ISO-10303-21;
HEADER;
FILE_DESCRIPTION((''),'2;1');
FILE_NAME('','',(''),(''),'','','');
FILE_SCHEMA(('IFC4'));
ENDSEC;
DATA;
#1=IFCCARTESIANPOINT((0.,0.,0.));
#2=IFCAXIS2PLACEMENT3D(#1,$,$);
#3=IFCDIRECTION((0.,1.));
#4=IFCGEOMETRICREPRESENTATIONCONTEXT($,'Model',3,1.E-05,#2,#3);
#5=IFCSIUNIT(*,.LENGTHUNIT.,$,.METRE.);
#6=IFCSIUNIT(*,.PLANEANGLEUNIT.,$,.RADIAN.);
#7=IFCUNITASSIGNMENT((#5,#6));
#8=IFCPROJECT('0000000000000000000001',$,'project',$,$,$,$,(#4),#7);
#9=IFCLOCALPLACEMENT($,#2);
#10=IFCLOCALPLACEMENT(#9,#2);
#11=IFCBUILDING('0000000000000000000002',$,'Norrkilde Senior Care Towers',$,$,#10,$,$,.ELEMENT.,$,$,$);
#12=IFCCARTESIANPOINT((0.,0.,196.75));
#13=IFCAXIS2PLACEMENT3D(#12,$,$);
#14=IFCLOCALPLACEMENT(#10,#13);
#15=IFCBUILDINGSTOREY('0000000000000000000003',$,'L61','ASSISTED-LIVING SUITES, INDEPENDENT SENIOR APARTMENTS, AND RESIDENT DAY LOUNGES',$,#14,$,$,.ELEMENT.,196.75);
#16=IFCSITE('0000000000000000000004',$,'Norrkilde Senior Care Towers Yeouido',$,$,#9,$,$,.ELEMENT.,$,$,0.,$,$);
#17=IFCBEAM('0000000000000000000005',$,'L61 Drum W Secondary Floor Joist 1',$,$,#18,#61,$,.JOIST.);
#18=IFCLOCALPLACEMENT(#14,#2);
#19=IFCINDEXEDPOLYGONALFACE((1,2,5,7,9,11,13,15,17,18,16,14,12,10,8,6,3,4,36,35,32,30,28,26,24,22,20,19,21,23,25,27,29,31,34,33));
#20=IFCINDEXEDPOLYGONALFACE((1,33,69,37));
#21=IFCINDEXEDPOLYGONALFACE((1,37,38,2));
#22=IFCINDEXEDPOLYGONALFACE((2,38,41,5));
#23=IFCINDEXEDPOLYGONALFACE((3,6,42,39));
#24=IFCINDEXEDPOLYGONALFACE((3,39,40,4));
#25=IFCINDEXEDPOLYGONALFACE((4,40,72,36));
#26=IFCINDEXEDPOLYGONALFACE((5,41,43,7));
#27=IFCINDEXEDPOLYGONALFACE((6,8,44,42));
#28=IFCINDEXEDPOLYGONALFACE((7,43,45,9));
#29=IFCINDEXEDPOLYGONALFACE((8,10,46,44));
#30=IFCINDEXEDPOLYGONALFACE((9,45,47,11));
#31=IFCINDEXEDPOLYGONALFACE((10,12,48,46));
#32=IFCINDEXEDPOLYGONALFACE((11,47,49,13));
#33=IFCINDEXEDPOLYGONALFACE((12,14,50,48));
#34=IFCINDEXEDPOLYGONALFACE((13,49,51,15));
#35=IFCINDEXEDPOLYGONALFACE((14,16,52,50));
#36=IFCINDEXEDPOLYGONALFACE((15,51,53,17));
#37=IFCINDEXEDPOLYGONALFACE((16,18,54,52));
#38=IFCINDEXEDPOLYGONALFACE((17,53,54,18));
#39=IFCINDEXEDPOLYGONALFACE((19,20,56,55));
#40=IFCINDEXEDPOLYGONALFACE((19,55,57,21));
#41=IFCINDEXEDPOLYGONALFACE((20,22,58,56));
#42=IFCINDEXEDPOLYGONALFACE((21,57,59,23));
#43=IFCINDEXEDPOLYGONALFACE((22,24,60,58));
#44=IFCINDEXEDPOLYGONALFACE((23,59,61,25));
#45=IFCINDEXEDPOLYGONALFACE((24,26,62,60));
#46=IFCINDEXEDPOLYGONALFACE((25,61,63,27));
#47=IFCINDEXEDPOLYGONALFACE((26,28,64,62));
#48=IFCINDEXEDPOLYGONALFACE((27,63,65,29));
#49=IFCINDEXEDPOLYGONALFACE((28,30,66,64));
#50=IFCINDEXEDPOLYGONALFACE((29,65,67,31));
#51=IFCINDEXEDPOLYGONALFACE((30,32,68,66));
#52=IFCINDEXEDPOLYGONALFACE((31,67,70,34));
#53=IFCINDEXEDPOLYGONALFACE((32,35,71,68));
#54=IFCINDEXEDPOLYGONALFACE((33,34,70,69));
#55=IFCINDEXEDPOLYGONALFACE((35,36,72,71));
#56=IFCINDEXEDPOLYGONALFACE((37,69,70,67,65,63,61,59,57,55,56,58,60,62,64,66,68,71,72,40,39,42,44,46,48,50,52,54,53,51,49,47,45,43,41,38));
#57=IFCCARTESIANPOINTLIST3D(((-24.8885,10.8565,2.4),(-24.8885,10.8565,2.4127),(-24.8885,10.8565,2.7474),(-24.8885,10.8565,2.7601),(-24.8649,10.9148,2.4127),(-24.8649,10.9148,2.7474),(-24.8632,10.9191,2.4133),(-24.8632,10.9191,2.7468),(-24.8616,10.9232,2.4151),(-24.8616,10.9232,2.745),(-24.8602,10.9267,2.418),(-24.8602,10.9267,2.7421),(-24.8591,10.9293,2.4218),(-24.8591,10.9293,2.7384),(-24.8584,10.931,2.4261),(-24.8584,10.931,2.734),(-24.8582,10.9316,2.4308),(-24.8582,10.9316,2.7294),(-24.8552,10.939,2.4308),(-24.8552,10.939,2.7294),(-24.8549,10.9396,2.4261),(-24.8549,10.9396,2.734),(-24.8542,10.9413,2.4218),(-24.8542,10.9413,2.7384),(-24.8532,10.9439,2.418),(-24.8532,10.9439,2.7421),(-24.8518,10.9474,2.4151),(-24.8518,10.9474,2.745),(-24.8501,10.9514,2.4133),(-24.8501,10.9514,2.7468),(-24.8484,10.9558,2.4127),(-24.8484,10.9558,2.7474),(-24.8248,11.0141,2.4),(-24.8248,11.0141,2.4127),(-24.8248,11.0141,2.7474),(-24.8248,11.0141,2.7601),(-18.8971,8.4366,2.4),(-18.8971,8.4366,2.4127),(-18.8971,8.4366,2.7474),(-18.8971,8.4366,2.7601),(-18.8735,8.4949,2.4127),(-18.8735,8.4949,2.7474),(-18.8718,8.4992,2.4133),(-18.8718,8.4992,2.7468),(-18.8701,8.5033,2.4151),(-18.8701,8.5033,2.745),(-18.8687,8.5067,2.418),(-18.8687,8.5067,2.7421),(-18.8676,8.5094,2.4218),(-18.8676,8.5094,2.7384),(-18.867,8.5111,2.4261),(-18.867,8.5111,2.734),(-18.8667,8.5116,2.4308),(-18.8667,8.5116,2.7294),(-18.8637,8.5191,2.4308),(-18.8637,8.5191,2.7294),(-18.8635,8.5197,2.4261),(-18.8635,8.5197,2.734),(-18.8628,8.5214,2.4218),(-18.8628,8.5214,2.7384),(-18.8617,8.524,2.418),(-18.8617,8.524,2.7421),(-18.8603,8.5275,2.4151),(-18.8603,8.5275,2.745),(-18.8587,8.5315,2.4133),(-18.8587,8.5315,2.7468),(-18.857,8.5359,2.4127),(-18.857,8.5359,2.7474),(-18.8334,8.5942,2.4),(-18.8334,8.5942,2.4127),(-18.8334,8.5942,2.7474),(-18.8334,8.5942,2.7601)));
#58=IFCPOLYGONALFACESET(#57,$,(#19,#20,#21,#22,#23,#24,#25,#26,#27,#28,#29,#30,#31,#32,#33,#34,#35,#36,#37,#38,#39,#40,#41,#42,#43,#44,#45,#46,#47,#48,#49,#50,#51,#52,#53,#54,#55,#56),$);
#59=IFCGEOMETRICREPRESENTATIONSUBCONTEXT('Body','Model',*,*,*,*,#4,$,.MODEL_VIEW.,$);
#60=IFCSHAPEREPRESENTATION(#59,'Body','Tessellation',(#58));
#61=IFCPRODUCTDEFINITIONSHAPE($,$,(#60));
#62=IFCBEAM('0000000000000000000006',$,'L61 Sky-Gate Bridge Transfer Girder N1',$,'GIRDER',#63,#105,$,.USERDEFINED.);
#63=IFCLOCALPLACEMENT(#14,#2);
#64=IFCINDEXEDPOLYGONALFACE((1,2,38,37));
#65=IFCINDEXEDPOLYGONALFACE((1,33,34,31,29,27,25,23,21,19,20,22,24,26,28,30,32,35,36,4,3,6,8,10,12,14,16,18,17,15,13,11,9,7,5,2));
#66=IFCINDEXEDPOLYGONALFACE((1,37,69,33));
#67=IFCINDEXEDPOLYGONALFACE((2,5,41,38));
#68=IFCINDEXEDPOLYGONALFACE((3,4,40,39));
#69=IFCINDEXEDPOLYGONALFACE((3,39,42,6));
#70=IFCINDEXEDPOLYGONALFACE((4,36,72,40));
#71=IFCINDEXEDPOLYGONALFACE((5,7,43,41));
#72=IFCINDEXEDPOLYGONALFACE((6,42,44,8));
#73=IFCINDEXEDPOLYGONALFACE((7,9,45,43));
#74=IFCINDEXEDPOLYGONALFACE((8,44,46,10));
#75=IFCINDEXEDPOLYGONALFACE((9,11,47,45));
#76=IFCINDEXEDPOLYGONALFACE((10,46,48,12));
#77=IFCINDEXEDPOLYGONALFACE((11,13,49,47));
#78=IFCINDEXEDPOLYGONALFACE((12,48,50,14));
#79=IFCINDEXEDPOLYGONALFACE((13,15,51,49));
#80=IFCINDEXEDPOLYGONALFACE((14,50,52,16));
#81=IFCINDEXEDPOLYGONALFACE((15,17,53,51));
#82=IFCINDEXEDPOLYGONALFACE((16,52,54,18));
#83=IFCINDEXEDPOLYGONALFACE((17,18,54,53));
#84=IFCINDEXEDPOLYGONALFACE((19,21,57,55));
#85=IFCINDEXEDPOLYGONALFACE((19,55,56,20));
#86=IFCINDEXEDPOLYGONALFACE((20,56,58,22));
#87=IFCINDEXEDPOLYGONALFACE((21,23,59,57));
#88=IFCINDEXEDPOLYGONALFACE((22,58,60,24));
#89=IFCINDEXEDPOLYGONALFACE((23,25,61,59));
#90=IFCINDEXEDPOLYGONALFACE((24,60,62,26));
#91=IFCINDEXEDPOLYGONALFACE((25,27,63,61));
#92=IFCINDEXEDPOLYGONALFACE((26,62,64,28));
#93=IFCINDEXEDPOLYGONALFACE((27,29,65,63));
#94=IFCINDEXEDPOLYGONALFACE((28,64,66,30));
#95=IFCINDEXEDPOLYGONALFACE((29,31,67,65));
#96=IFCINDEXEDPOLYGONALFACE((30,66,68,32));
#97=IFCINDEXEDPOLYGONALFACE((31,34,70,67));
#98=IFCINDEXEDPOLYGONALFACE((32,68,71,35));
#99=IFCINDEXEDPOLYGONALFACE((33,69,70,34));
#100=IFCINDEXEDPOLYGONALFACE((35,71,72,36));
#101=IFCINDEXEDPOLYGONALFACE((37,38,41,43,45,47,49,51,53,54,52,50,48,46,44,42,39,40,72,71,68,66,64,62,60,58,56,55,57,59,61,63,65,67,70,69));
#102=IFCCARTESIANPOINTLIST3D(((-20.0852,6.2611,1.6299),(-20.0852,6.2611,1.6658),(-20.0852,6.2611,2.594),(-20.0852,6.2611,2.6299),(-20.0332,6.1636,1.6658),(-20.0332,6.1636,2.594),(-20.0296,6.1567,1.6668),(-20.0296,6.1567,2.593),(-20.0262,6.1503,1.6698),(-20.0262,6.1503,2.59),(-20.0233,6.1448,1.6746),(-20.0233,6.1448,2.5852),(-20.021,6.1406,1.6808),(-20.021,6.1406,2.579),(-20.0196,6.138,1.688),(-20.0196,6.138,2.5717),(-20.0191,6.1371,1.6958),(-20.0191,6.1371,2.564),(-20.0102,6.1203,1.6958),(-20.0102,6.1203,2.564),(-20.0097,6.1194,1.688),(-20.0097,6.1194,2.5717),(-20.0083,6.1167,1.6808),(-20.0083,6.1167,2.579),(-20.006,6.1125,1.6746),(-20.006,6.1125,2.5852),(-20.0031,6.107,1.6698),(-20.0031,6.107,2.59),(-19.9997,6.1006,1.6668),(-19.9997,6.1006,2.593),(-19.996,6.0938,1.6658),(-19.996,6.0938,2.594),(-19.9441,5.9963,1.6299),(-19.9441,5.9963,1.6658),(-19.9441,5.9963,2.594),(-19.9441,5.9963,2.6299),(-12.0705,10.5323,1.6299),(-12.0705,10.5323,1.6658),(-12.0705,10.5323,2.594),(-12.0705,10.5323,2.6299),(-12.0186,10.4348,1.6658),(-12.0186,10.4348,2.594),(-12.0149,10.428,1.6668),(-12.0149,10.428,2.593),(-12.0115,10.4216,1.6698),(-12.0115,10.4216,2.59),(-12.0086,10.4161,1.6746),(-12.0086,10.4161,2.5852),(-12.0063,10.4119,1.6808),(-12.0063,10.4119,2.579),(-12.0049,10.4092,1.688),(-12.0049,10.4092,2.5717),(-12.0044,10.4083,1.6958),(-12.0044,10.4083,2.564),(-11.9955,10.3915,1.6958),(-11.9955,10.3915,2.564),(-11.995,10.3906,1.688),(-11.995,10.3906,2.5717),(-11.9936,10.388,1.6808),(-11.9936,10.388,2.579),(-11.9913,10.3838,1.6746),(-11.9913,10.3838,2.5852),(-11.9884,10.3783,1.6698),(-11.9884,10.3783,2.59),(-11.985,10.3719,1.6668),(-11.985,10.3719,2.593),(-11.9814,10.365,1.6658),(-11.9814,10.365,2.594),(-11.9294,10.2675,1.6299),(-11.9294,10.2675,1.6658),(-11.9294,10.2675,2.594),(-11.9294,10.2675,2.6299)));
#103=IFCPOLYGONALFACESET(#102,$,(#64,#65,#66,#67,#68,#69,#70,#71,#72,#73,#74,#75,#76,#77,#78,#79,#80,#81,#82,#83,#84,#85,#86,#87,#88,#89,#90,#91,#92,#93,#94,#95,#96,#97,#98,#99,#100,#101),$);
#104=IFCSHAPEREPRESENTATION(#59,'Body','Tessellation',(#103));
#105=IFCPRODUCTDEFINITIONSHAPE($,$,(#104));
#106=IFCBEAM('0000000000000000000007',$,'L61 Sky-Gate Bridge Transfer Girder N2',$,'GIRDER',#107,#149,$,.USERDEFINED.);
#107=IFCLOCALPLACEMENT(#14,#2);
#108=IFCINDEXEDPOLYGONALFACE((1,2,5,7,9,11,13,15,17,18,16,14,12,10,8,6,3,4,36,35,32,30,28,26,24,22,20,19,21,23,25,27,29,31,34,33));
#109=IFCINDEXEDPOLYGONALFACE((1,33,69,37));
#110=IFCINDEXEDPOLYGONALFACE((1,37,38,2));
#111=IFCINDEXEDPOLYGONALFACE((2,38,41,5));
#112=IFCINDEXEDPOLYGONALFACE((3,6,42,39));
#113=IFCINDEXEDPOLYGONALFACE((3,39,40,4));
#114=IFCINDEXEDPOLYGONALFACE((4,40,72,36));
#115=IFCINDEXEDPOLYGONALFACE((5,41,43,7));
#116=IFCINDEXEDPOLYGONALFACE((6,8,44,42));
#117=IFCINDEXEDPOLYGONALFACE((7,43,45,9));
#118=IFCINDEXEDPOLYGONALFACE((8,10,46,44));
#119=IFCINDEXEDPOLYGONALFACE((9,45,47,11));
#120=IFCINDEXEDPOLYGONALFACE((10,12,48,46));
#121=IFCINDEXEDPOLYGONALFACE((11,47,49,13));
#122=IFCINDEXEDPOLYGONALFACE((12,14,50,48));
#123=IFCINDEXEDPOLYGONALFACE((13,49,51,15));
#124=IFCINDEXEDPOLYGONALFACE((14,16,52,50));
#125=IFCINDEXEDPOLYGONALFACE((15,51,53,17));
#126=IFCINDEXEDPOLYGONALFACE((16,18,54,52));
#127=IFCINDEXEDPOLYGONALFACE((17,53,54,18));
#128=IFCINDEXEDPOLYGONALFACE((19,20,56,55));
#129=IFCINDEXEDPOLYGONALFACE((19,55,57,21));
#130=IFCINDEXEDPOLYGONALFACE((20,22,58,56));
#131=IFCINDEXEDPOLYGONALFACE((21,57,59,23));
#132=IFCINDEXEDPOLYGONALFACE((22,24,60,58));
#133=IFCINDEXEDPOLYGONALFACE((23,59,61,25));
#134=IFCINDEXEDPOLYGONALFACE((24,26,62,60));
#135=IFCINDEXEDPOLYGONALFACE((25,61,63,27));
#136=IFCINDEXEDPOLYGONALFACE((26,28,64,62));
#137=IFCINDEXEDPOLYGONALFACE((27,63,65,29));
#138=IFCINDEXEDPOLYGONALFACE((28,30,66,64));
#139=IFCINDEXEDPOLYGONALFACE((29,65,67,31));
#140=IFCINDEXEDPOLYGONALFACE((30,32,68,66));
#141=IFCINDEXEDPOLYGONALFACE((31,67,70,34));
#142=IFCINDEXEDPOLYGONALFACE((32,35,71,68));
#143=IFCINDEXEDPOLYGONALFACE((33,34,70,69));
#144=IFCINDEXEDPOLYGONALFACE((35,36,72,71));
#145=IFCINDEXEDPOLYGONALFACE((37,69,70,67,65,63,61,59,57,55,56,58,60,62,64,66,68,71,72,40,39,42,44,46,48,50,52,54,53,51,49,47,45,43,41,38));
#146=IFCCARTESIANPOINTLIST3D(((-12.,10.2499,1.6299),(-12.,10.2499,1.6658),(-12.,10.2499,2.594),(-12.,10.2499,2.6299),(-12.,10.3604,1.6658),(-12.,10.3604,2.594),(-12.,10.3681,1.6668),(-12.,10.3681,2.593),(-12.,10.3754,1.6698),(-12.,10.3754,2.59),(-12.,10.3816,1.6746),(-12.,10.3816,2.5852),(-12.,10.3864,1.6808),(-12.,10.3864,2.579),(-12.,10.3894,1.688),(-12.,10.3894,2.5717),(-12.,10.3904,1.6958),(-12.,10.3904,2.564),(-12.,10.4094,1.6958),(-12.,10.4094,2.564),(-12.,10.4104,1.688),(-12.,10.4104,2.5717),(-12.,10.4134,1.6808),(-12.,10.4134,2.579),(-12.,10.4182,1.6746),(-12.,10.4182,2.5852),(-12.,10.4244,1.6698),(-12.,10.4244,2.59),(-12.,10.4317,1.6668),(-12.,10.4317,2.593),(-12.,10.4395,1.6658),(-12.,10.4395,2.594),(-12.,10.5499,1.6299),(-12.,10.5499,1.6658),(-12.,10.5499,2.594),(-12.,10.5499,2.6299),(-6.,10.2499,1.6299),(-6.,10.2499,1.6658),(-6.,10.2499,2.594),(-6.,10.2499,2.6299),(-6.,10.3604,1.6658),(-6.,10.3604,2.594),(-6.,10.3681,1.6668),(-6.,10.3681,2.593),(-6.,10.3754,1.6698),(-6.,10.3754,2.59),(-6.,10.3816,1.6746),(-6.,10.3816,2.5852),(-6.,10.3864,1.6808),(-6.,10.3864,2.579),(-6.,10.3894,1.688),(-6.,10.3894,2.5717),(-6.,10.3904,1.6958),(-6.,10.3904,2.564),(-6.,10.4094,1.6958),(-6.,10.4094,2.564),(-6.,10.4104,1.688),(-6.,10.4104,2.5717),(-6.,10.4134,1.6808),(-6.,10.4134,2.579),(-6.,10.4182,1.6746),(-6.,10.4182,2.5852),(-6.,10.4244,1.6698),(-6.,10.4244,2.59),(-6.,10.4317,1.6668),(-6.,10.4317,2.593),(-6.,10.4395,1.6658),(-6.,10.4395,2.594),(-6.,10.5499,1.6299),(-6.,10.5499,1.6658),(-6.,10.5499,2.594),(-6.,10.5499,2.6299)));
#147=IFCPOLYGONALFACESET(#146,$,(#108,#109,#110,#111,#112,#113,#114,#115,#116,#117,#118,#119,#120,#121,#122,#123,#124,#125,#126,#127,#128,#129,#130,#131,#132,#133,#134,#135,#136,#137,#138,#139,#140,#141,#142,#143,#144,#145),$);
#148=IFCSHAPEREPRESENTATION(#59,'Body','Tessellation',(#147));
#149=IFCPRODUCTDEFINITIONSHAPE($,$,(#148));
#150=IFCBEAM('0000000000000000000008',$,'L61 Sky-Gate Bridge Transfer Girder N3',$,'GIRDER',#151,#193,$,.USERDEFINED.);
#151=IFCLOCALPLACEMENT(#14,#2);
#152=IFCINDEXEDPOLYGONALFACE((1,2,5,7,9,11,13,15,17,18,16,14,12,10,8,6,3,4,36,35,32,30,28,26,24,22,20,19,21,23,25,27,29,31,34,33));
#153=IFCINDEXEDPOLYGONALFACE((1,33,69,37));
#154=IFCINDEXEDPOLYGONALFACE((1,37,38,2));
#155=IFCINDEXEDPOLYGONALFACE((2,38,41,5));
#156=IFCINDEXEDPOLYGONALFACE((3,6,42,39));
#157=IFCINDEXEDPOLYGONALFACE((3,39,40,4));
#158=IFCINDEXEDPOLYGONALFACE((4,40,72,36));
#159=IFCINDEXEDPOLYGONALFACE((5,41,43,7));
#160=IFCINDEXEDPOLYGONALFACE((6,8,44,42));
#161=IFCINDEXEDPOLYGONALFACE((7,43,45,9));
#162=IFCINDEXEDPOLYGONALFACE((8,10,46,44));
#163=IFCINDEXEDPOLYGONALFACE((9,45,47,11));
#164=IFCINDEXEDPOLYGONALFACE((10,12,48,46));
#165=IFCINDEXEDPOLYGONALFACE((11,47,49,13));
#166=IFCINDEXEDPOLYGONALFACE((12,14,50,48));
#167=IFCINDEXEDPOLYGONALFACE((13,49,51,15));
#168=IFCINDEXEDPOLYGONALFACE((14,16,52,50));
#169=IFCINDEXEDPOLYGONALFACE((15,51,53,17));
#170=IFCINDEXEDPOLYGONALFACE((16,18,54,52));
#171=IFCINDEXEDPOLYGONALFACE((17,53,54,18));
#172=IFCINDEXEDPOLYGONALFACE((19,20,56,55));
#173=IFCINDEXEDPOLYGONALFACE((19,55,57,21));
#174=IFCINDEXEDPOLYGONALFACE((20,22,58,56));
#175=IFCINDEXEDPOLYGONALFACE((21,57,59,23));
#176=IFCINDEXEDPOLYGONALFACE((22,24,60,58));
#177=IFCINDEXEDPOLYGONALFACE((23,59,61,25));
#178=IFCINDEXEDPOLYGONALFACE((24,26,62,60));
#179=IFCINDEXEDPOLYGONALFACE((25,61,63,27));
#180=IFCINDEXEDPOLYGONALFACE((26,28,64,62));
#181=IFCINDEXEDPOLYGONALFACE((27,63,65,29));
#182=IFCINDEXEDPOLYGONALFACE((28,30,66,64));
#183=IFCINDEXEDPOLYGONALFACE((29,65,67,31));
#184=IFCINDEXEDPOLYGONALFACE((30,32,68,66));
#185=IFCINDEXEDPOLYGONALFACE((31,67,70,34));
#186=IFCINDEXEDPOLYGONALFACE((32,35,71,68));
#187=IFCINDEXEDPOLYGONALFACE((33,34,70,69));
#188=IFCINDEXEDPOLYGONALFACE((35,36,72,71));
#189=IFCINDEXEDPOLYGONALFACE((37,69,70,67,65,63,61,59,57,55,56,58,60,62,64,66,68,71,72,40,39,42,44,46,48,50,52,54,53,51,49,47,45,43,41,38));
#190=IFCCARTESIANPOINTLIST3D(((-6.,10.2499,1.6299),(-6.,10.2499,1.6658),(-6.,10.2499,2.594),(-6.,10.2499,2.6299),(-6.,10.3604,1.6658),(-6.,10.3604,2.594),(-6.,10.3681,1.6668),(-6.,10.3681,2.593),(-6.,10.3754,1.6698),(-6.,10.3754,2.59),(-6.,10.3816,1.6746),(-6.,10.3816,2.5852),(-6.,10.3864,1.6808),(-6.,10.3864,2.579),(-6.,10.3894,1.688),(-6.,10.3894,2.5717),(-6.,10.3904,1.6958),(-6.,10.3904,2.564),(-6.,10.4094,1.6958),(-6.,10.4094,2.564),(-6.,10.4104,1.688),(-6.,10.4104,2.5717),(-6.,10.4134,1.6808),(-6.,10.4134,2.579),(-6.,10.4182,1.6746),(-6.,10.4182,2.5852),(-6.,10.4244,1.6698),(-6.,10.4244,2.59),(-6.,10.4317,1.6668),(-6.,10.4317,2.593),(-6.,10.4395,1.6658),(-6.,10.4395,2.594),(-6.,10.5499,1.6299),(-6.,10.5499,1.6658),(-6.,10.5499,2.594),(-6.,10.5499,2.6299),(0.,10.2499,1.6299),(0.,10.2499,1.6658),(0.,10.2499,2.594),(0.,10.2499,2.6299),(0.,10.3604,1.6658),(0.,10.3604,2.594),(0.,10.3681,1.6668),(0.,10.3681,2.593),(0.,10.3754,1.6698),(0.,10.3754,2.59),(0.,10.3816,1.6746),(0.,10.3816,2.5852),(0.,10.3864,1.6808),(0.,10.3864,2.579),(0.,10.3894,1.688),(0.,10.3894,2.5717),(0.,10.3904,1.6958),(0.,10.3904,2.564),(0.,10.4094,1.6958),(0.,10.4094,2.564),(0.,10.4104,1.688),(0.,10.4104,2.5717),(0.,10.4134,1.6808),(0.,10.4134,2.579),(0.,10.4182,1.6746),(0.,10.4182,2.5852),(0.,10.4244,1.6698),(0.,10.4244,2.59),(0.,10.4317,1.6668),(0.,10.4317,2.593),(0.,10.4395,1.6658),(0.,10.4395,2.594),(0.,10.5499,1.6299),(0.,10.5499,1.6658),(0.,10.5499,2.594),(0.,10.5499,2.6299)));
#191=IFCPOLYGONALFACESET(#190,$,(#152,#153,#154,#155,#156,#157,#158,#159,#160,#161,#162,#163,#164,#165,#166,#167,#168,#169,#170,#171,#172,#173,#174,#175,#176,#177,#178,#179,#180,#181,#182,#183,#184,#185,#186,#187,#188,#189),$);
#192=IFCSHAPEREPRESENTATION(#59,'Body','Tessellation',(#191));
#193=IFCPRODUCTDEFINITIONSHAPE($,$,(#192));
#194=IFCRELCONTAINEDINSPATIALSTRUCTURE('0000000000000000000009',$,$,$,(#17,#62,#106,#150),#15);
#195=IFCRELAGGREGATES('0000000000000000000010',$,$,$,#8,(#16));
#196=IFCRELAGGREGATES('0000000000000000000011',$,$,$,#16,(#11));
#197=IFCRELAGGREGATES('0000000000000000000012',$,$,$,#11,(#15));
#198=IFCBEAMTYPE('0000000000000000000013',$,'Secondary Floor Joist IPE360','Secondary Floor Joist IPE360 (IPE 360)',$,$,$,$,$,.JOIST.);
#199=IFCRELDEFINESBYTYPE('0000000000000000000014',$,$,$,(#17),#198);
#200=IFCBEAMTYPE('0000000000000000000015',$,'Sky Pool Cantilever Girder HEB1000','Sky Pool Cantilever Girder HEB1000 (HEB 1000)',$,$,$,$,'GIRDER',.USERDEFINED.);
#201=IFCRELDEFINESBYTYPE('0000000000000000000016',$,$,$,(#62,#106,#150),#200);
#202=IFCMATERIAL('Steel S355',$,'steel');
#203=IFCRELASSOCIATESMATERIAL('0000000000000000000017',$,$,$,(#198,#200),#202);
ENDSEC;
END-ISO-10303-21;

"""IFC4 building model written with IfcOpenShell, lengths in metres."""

from ifc_helpers import new_model, si_unit, direction, frame, origin, origin_2d, place, context, subcontext, project, spatial, i_section, extrude, source, transform, mapped, material, material_profile, profile_set, type_object, type_shapes, element, save


model = new_model("IFC4")

# Units and contexts
model_context = context("Model", 3, precision=1e-05, world=origin(), true_north=direction((0.0, 1.0)))
body_context = subcontext(model_context, "Body", "Model", "MODEL_VIEW")
ifc_project = project(units=[si_unit("LENGTHUNIT", "METRE"), si_unit("PLANEANGLEUNIT", "RADIAN")], contexts=[model_context])

# Site, building, storey
site_placement = place(None, origin())
site = spatial("IfcSite", under=ifc_project, at=site_placement, Name="Norrkilde Senior Care Towers Yeouido", CompositionType="ELEMENT", RefElevation=0.0)
building_placement = place(site_placement, origin())
building = spatial("IfcBuilding", under=site, at=building_placement, Name="Norrkilde Senior Care Towers", CompositionType="ELEMENT")
storey_placement = place(building_placement, frame((0.0, 0.0, 196.75)))
storey = spatial("IfcBuildingStorey", under=building, at=storey_placement, Name="L61", Description="ASSISTED-LIVING SUITES, INDEPENDENT SENIOR APARTMENTS, AND RESIDENT DAY LOUNGES", CompositionType="ELEMENT", Elevation=196.75)

# Beams
ifc_material_1 = material(Name="Steel S355", Category="steel")
ifc_material_profile_1 = material_profile(ifc_material_1, i_section(OverallWidth=0.1699, OverallDepth=0.3601, WebThickness=0.0081, FlangeThickness=0.0127, FilletRadius=0.0181, at=origin_2d()), Name="IPE 360")
ifc_profile_set_1 = profile_set([ifc_material_profile_1], Name="Steel S355")
beam_type_1 = type_object("IfcBeamType", Name="Secondary Floor Joist IPE360", Description="Secondary Floor Joist IPE360 (IPE 360)", PredefinedType="JOIST", material=ifc_profile_set_1)
shared_shape_1 = source(origin(), body_context, "Body", "SweptSolid", [
    extrude(i_section(OverallWidth=0.1699, OverallDepth=0.3601, WebThickness=0.0081, FlangeThickness=0.0127, FilletRadius=0.0181, at=origin_2d()), origin(), (0.0, 0.0, 1.0), 6.4617),
])
type_shapes(beam_type_1, [shared_shape_1])
beam_1_placement = place(storey_placement, frame((-18.8652, 8.5154, 2.5801), z_axis=(-0.927226, 0.374502, 0.0), x_axis=(-0.374502, -0.927226, 0.0)))
element("IfcBeam", 1, at=beam_1_placement, inside=storey, type_object=beam_type_1, Name="L61 Drum W Secondary Floor Joist 1", PredefinedType="JOIST", context=body_context, shape_type="MappedRepresentation", body=[
    mapped(shared_shape_1, transform((0.0, 0.0, 0.0), x_axis=(1.0, 0.0, 0.0), y_axis=(0.0, 1.0, 0.0), z_axis=(0.0, 0.0, 1.0), scale=1.0)),
])
ifc_material_profile_2 = material_profile(ifc_material_1, i_section(OverallWidth=0.3, OverallDepth=1.0, WebThickness=0.019, FlangeThickness=0.0359, FilletRadius=0.03, at=origin_2d()), Name="HEB 1000")
ifc_profile_set_2 = profile_set([ifc_material_profile_2], Name="Steel S355")
beam_type_2 = type_object("IfcBeamType", Name="Sky Pool Cantilever Girder HEB1000", Description="Sky Pool Cantilever Girder HEB1000 (HEB 1000)", ElementType="GIRDER", PredefinedType="USERDEFINED", material=ifc_profile_set_2)
shared_shape_2 = source(origin(), body_context, "Body", "SweptSolid", [
    extrude(i_section(OverallWidth=0.3, OverallDepth=1.0, WebThickness=0.019, FlangeThickness=0.0359, FilletRadius=0.03, at=origin_2d()), origin(), (0.0, 0.0, 1.0), 9.0818),
])
beam_2_placement = place(storey_placement, frame((-20.0146, 6.1287, 2.1299), z_axis=(0.882501, 0.470311, 0.0), x_axis=(-0.470311, 0.882501, 0.0)))
element("IfcBeam", 2, at=beam_2_placement, inside=storey, type_object=beam_type_2, Name="L61 Sky-Gate Bridge Transfer Girder N1", ObjectType="GIRDER", PredefinedType="USERDEFINED", context=body_context, shape_type="MappedRepresentation", body=[
    mapped(shared_shape_2, transform((0.0, 0.0, 0.0), x_axis=(1.0, 0.0, 0.0), y_axis=(0.0, 1.0, 0.0), z_axis=(0.0, 0.0, 1.0), scale=1.0)),
])
shared_shape_3 = source(origin(), body_context, "Body", "SweptSolid", [
    extrude(i_section(OverallWidth=0.3, OverallDepth=1.0, WebThickness=0.019, FlangeThickness=0.0359, FilletRadius=0.03, at=origin_2d()), origin(), (0.0, 0.0, 1.0), 6.0),
])
type_shapes(beam_type_2, [shared_shape_2, shared_shape_3])
for number, where, z_axis, x_axis, name in (
    (3, (-12.0, 10.3999, 2.1299), (1.0, 0.0, 0.0), (0.0, 1.0, 0.0), "L61 Sky-Gate Bridge Transfer Girder N2"),
    (4, (-6.0, 10.3999, 2.1299), (1.0, 0.0, 0.0), (0.0, 1.0, 0.0), "L61 Sky-Gate Bridge Transfer Girder N3"),
):
    element("IfcBeam", number, at=place(storey_placement, frame(where, z_axis=z_axis, x_axis=x_axis)), inside=storey, type_object=beam_type_2, Name=name, ObjectType="GIRDER", PredefinedType="USERDEFINED", context=body_context, shape_type="MappedRepresentation", body=[
        mapped(shared_shape_3, transform((0.0, 0.0, 0.0), x_axis=(1.0, 0.0, 0.0), y_axis=(0.0, 1.0, 0.0), z_axis=(0.0, 0.0, 1.0), scale=1.0)),
    ])

save(model, "model.ifc")
